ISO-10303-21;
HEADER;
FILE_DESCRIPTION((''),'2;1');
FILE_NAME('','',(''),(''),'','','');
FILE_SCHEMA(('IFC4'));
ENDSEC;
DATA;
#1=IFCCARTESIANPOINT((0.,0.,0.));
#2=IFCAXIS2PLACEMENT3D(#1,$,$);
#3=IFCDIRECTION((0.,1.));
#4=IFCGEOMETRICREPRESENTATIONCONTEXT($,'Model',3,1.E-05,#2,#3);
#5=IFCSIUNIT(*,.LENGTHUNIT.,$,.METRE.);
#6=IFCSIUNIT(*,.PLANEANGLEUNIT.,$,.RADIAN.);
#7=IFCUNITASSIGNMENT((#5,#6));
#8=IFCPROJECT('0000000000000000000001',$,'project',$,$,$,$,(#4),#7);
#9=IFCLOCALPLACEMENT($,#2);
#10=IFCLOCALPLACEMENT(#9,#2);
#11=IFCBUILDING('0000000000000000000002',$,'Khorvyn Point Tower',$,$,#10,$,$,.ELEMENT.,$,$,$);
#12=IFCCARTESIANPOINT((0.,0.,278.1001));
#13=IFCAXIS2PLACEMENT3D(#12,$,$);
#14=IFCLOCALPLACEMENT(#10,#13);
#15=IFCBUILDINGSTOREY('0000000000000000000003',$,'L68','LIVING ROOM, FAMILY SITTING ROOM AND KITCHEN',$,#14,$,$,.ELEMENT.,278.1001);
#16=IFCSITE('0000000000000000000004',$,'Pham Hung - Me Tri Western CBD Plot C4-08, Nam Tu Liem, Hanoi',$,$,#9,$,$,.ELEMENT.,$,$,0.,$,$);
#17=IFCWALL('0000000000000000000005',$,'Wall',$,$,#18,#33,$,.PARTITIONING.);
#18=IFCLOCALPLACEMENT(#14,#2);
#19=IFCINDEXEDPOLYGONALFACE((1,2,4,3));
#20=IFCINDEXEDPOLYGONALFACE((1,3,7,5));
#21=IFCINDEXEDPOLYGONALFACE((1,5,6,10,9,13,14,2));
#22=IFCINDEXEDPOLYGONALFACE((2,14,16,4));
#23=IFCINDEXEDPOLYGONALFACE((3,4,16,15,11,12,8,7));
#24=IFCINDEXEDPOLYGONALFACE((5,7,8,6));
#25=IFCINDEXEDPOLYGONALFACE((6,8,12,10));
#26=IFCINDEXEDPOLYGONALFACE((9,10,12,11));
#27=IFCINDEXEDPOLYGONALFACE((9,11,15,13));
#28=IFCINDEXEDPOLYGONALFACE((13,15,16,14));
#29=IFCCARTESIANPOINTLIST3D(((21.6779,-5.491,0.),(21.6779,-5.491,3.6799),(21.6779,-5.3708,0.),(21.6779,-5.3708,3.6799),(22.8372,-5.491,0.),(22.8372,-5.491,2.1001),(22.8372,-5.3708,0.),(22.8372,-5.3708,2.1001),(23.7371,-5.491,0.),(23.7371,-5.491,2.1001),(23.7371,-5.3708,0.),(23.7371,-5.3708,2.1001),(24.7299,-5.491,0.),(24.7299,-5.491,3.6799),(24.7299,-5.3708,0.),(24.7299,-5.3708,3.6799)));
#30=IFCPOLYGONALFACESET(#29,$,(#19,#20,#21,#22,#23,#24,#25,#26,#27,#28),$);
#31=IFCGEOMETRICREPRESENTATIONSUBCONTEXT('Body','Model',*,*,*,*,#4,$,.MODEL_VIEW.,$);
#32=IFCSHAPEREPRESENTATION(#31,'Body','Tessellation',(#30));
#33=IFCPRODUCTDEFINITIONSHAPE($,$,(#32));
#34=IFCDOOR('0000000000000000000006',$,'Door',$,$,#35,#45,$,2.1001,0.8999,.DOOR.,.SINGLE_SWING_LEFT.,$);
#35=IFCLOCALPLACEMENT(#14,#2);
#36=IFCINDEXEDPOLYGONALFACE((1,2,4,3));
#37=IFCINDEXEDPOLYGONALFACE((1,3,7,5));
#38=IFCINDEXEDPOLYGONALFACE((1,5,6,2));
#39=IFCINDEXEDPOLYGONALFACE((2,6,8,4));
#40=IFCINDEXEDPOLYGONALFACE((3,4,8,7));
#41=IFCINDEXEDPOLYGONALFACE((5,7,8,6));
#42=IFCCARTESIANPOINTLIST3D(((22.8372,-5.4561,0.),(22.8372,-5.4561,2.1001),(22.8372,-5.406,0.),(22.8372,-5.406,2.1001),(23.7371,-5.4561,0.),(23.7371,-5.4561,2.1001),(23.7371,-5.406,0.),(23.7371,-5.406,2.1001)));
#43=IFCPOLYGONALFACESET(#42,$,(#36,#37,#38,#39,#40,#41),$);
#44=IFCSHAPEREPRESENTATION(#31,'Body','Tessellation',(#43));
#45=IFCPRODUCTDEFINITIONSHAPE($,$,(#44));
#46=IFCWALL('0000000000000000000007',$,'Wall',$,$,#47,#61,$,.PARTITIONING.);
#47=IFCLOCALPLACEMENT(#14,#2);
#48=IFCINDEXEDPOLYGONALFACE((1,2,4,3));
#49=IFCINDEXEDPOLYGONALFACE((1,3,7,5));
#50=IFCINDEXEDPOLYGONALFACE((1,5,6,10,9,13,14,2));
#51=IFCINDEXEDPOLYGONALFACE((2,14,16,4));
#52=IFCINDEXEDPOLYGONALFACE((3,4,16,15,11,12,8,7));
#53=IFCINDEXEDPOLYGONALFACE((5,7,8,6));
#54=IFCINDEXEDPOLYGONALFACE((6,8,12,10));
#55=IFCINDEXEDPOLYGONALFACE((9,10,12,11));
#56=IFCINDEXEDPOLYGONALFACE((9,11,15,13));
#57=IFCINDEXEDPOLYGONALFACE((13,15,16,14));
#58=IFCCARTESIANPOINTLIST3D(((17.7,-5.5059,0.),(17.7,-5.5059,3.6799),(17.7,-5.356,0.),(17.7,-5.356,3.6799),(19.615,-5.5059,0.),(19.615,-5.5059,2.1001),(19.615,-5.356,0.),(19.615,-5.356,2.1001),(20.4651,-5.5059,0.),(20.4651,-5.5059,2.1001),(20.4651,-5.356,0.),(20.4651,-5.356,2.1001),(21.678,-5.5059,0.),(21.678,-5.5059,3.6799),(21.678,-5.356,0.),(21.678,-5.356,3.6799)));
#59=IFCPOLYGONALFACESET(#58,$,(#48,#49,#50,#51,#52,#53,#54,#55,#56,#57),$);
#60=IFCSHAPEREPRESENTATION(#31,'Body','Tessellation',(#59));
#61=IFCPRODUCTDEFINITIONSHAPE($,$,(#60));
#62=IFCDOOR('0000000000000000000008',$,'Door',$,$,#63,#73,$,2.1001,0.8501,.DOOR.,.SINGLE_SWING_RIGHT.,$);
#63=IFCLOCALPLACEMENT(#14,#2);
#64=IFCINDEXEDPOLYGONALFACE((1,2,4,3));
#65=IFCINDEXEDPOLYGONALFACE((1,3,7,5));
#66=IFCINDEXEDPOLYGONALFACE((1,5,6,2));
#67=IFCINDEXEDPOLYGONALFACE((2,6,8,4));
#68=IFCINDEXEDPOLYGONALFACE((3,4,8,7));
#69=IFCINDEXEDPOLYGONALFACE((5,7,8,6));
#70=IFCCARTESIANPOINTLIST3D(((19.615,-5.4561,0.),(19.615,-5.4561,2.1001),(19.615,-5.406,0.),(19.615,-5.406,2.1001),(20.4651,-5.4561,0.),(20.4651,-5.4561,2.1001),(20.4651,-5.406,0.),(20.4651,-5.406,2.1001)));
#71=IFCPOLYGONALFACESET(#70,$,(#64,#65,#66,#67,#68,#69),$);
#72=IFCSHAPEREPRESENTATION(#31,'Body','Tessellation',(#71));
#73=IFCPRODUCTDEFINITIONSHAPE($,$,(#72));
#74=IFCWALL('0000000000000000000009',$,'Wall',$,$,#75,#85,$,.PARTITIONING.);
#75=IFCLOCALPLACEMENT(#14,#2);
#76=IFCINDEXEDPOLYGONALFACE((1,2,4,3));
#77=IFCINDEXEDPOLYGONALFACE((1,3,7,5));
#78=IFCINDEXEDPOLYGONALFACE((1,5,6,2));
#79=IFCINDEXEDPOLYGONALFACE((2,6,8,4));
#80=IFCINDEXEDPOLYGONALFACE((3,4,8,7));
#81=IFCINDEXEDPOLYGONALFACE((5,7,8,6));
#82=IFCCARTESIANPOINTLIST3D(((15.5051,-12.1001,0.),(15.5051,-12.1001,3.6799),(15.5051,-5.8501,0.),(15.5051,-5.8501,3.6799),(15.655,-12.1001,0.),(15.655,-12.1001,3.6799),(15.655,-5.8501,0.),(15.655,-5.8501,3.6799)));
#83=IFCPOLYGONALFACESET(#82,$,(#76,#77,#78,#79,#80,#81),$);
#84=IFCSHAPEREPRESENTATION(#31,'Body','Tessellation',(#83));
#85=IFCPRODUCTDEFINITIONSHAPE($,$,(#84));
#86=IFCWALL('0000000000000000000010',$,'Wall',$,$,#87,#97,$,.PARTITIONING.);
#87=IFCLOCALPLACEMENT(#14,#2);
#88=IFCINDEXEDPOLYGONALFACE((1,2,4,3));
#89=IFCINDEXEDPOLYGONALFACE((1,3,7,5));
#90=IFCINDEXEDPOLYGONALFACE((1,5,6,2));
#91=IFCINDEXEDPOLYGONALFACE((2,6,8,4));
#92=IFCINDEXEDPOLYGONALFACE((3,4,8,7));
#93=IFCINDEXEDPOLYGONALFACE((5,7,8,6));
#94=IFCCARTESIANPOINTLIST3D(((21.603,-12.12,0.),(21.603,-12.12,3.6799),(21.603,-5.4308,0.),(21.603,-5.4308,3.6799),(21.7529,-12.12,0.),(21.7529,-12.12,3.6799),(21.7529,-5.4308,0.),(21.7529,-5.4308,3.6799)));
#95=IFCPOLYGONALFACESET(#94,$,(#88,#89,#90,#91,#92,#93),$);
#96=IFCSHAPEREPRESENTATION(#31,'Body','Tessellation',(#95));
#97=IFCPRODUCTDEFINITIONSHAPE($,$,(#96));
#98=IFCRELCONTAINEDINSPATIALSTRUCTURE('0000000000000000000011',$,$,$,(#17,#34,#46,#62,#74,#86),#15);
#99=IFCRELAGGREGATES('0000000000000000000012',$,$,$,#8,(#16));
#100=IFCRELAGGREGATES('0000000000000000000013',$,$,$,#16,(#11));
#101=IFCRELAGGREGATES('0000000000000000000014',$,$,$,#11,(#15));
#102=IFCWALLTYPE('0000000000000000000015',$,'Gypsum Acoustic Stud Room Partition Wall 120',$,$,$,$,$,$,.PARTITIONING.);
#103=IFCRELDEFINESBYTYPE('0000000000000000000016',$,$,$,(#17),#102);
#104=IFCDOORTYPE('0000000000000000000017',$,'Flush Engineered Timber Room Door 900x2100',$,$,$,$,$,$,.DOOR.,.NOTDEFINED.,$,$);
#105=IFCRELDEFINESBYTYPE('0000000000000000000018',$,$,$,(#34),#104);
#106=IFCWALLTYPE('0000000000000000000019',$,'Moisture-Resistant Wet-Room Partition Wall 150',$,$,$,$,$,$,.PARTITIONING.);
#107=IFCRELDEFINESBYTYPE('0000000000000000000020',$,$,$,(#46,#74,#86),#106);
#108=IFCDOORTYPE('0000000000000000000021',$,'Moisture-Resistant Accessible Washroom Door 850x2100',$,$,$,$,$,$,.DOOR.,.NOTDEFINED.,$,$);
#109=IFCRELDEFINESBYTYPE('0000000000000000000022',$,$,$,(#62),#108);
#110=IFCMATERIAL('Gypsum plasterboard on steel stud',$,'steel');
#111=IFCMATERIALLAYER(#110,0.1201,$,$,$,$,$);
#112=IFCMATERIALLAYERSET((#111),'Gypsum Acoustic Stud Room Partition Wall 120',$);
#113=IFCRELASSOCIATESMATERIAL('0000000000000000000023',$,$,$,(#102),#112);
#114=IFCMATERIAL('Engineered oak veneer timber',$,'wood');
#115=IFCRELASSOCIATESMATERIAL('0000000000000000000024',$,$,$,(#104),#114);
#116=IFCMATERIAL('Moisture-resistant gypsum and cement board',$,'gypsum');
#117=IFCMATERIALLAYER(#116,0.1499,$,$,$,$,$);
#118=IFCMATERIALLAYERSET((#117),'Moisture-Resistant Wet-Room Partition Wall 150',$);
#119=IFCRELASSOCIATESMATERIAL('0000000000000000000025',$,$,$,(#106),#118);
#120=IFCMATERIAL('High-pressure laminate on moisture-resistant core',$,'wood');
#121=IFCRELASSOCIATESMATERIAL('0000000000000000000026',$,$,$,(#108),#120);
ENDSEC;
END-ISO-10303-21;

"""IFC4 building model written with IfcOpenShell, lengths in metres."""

from ifc_helpers import new_model, si_unit, direction, frame, frame_2d, origin, place, context, subcontext, project, spatial, rectangle, extrude, material, layer, layer_set, type_object, element, fill, save


model = new_model("IFC4")

# Units and contexts
model_context = context("Model", 3, precision=1e-05, world=origin(), true_north=direction((0.0, 1.0)))
body_context = subcontext(model_context, "Body", "Model", "MODEL_VIEW")
ifc_project = project(units=[si_unit("LENGTHUNIT", "METRE"), si_unit("PLANEANGLEUNIT", "RADIAN")], contexts=[model_context])

# Site, building, storey
site_placement = place(None, origin())
site = spatial("IfcSite", under=ifc_project, at=site_placement, Name="Pham Hung - Me Tri Western CBD Plot C4-08, Nam Tu Liem, Hanoi", CompositionType="ELEMENT", RefElevation=0.0)
building_placement = place(site_placement, origin())
building = spatial("IfcBuilding", under=site, at=building_placement, Name="Khorvyn Point Tower", CompositionType="ELEMENT")
storey_placement = place(building_placement, frame((0.0, 0.0, 278.1001)))
storey = spatial("IfcBuildingStorey", under=building, at=storey_placement, Name="L68", Description="LIVING ROOM, FAMILY SITTING ROOM AND KITCHEN", CompositionType="ELEMENT", Elevation=278.1001)

# Walls, openings, doors
ifc_material_1 = material(Name="Gypsum plasterboard on steel stud", Category="steel")
ifc_layer_1 = layer(ifc_material_1, 0.1201)
ifc_layer_set_1 = layer_set([ifc_layer_1], Name="Gypsum Acoustic Stud Room Partition Wall 120")
wall_type_1 = type_object("IfcWallType", Name="Gypsum Acoustic Stud Room Partition Wall 120", PredefinedType="PARTITIONING", material=ifc_layer_set_1)
ifc_material_2 = material(Name="Engineered oak veneer timber", Category="wood")
door_type_1 = type_object("IfcDoorType", Name="Flush Engineered Timber Room Door 900x2100", OperationType="NOTDEFINED", PredefinedType="DOOR", material=ifc_material_2)
wall_1_placement = place(storey_placement, frame((21.678, -5.4309, 0.0), z_axis=(0.0, 0.0, 1.0), x_axis=(1.0, 0.0, 0.0)))
wall_1 = element("IfcWall", 1, at=wall_1_placement, inside=storey, type_object=wall_type_1, Name="Wall", PredefinedType="PARTITIONING", context=body_context, shape_type="SweptSolid", body=[
    extrude(rectangle(XDim=3.052, YDim=0.1201, at=frame_2d((1.5259, 0.0))), origin(), (0.0, 0.0, 1.0), 3.6799),
])
opening_1_placement = place(wall_1_placement, frame((1.1592, 0.0, 0.0)))
opening_1 = element("IfcOpeningElement", 2, at=opening_1_placement, cuts=wall_1, PredefinedType="OPENING", context=body_context, shape_type="SweptSolid", body=[
    extrude(rectangle(XDim=0.8999, YDim=2.1001, at=frame_2d((0.45, 1.05))), frame((0.0, 0.0701, 0.0), z_axis=(0.0, -1.0, 0.0), x_axis=(1.0, 0.0, 0.0)), (0.0, 0.0, 1.0), 0.1401),
])
door_1_placement = place(opening_1_placement, origin())
door_1 = element("IfcDoor", 3, at=door_1_placement, inside=storey, type_object=door_type_1, Name="Door", OperationType="SINGLE_SWING_LEFT", OverallHeight=2.1001, OverallWidth=0.8999, PredefinedType="DOOR", context=body_context, shape_type="SweptSolid", body=[
    extrude(rectangle(XDim=0.8999, YDim=2.1001, at=frame_2d((0.45, 1.05))), frame((0.0, 0.0249, 0.0), z_axis=(0.0, -1.0, 0.0), x_axis=(1.0, 0.0, 0.0)), (0.0, 0.0, 1.0), 0.05),
])
fill(opening_1, door_1)
ifc_material_3 = material(Name="Moisture-resistant gypsum and cement board", Category="gypsum")
ifc_layer_2 = layer(ifc_material_3, 0.1499)
ifc_layer_set_2 = layer_set([ifc_layer_2], Name="Moisture-Resistant Wet-Room Partition Wall 150")
wall_type_2 = type_object("IfcWallType", Name="Moisture-Resistant Wet-Room Partition Wall 150", PredefinedType="PARTITIONING", material=ifc_layer_set_2)
wall_2_placement = place(storey_placement, frame((17.7, -5.4309, 0.0), z_axis=(0.0, 0.0, 1.0), x_axis=(1.0, 0.0, 0.0)))
wall_2 = element("IfcWall", 4, at=wall_2_placement, inside=storey, type_object=wall_type_2, Name="Wall", PredefinedType="PARTITIONING", context=body_context, shape_type="SweptSolid", body=[
    extrude(rectangle(XDim=3.978, YDim=0.1499, at=frame_2d((1.989, 0.0))), origin(), (0.0, 0.0, 1.0), 3.6799),
])
opening_2_placement = place(wall_2_placement, frame((1.915, 0.0, 0.0)))
opening_2 = element("IfcOpeningElement", 5, at=opening_2_placement, cuts=wall_2, PredefinedType="OPENING", context=body_context, shape_type="SweptSolid", body=[
    extrude(rectangle(XDim=0.8501, YDim=2.1001, at=frame_2d((0.425, 1.05))), frame((0.0, 0.085, 0.0), z_axis=(0.0, -1.0, 0.0), x_axis=(1.0, 0.0, 0.0)), (0.0, 0.0, 1.0), 0.1699),
])
ifc_material_4 = material(Name="High-pressure laminate on moisture-resistant core", Category="wood")
door_type_2 = type_object("IfcDoorType", Name="Moisture-Resistant Accessible Washroom Door 850x2100", OperationType="NOTDEFINED", PredefinedType="DOOR", material=ifc_material_4)
door_2_placement = place(opening_2_placement, origin())
door_2 = element("IfcDoor", 6, at=door_2_placement, inside=storey, type_object=door_type_2, Name="Door", OperationType="SINGLE_SWING_RIGHT", OverallHeight=2.1001, OverallWidth=0.8501, PredefinedType="DOOR", context=body_context, shape_type="SweptSolid", body=[
    extrude(rectangle(XDim=0.8501, YDim=2.1001, at=frame_2d((0.425, 1.05))), frame((0.0, 0.0249, 0.0), z_axis=(0.0, -1.0, 0.0), x_axis=(1.0, 0.0, 0.0)), (0.0, 0.0, 1.0), 0.05),
])
fill(opening_2, door_2)

# Walls
wall_3_placement = place(storey_placement, frame((15.5801, -12.1001, 0.0), z_axis=(0.0, 0.0, 1.0), x_axis=(0.0, 1.0, 0.0)))
element("IfcWall", 7, at=wall_3_placement, inside=storey, type_object=wall_type_2, Name="Wall", PredefinedType="PARTITIONING", context=body_context, shape_type="SweptSolid", body=[
    extrude(rectangle(XDim=6.25, YDim=0.1499, at=frame_2d((3.125, 0.0))), origin(), (0.0, 0.0, 1.0), 3.6799),
])
wall_4_placement = place(storey_placement, frame((21.678, -12.1201, 0.0), z_axis=(0.0, 0.0, 1.0), x_axis=(0.0, 1.0, 0.0)))
element("IfcWall", 8, at=wall_4_placement, inside=storey, type_object=wall_type_2, Name="Wall", PredefinedType="PARTITIONING", context=body_context, shape_type="SweptSolid", body=[
    extrude(rectangle(XDim=6.6892, YDim=0.1499, at=frame_2d((3.3447, 0.0))), origin(), (0.0, 0.0, 1.0), 3.6799),
])

save(model, "model.ifc")
